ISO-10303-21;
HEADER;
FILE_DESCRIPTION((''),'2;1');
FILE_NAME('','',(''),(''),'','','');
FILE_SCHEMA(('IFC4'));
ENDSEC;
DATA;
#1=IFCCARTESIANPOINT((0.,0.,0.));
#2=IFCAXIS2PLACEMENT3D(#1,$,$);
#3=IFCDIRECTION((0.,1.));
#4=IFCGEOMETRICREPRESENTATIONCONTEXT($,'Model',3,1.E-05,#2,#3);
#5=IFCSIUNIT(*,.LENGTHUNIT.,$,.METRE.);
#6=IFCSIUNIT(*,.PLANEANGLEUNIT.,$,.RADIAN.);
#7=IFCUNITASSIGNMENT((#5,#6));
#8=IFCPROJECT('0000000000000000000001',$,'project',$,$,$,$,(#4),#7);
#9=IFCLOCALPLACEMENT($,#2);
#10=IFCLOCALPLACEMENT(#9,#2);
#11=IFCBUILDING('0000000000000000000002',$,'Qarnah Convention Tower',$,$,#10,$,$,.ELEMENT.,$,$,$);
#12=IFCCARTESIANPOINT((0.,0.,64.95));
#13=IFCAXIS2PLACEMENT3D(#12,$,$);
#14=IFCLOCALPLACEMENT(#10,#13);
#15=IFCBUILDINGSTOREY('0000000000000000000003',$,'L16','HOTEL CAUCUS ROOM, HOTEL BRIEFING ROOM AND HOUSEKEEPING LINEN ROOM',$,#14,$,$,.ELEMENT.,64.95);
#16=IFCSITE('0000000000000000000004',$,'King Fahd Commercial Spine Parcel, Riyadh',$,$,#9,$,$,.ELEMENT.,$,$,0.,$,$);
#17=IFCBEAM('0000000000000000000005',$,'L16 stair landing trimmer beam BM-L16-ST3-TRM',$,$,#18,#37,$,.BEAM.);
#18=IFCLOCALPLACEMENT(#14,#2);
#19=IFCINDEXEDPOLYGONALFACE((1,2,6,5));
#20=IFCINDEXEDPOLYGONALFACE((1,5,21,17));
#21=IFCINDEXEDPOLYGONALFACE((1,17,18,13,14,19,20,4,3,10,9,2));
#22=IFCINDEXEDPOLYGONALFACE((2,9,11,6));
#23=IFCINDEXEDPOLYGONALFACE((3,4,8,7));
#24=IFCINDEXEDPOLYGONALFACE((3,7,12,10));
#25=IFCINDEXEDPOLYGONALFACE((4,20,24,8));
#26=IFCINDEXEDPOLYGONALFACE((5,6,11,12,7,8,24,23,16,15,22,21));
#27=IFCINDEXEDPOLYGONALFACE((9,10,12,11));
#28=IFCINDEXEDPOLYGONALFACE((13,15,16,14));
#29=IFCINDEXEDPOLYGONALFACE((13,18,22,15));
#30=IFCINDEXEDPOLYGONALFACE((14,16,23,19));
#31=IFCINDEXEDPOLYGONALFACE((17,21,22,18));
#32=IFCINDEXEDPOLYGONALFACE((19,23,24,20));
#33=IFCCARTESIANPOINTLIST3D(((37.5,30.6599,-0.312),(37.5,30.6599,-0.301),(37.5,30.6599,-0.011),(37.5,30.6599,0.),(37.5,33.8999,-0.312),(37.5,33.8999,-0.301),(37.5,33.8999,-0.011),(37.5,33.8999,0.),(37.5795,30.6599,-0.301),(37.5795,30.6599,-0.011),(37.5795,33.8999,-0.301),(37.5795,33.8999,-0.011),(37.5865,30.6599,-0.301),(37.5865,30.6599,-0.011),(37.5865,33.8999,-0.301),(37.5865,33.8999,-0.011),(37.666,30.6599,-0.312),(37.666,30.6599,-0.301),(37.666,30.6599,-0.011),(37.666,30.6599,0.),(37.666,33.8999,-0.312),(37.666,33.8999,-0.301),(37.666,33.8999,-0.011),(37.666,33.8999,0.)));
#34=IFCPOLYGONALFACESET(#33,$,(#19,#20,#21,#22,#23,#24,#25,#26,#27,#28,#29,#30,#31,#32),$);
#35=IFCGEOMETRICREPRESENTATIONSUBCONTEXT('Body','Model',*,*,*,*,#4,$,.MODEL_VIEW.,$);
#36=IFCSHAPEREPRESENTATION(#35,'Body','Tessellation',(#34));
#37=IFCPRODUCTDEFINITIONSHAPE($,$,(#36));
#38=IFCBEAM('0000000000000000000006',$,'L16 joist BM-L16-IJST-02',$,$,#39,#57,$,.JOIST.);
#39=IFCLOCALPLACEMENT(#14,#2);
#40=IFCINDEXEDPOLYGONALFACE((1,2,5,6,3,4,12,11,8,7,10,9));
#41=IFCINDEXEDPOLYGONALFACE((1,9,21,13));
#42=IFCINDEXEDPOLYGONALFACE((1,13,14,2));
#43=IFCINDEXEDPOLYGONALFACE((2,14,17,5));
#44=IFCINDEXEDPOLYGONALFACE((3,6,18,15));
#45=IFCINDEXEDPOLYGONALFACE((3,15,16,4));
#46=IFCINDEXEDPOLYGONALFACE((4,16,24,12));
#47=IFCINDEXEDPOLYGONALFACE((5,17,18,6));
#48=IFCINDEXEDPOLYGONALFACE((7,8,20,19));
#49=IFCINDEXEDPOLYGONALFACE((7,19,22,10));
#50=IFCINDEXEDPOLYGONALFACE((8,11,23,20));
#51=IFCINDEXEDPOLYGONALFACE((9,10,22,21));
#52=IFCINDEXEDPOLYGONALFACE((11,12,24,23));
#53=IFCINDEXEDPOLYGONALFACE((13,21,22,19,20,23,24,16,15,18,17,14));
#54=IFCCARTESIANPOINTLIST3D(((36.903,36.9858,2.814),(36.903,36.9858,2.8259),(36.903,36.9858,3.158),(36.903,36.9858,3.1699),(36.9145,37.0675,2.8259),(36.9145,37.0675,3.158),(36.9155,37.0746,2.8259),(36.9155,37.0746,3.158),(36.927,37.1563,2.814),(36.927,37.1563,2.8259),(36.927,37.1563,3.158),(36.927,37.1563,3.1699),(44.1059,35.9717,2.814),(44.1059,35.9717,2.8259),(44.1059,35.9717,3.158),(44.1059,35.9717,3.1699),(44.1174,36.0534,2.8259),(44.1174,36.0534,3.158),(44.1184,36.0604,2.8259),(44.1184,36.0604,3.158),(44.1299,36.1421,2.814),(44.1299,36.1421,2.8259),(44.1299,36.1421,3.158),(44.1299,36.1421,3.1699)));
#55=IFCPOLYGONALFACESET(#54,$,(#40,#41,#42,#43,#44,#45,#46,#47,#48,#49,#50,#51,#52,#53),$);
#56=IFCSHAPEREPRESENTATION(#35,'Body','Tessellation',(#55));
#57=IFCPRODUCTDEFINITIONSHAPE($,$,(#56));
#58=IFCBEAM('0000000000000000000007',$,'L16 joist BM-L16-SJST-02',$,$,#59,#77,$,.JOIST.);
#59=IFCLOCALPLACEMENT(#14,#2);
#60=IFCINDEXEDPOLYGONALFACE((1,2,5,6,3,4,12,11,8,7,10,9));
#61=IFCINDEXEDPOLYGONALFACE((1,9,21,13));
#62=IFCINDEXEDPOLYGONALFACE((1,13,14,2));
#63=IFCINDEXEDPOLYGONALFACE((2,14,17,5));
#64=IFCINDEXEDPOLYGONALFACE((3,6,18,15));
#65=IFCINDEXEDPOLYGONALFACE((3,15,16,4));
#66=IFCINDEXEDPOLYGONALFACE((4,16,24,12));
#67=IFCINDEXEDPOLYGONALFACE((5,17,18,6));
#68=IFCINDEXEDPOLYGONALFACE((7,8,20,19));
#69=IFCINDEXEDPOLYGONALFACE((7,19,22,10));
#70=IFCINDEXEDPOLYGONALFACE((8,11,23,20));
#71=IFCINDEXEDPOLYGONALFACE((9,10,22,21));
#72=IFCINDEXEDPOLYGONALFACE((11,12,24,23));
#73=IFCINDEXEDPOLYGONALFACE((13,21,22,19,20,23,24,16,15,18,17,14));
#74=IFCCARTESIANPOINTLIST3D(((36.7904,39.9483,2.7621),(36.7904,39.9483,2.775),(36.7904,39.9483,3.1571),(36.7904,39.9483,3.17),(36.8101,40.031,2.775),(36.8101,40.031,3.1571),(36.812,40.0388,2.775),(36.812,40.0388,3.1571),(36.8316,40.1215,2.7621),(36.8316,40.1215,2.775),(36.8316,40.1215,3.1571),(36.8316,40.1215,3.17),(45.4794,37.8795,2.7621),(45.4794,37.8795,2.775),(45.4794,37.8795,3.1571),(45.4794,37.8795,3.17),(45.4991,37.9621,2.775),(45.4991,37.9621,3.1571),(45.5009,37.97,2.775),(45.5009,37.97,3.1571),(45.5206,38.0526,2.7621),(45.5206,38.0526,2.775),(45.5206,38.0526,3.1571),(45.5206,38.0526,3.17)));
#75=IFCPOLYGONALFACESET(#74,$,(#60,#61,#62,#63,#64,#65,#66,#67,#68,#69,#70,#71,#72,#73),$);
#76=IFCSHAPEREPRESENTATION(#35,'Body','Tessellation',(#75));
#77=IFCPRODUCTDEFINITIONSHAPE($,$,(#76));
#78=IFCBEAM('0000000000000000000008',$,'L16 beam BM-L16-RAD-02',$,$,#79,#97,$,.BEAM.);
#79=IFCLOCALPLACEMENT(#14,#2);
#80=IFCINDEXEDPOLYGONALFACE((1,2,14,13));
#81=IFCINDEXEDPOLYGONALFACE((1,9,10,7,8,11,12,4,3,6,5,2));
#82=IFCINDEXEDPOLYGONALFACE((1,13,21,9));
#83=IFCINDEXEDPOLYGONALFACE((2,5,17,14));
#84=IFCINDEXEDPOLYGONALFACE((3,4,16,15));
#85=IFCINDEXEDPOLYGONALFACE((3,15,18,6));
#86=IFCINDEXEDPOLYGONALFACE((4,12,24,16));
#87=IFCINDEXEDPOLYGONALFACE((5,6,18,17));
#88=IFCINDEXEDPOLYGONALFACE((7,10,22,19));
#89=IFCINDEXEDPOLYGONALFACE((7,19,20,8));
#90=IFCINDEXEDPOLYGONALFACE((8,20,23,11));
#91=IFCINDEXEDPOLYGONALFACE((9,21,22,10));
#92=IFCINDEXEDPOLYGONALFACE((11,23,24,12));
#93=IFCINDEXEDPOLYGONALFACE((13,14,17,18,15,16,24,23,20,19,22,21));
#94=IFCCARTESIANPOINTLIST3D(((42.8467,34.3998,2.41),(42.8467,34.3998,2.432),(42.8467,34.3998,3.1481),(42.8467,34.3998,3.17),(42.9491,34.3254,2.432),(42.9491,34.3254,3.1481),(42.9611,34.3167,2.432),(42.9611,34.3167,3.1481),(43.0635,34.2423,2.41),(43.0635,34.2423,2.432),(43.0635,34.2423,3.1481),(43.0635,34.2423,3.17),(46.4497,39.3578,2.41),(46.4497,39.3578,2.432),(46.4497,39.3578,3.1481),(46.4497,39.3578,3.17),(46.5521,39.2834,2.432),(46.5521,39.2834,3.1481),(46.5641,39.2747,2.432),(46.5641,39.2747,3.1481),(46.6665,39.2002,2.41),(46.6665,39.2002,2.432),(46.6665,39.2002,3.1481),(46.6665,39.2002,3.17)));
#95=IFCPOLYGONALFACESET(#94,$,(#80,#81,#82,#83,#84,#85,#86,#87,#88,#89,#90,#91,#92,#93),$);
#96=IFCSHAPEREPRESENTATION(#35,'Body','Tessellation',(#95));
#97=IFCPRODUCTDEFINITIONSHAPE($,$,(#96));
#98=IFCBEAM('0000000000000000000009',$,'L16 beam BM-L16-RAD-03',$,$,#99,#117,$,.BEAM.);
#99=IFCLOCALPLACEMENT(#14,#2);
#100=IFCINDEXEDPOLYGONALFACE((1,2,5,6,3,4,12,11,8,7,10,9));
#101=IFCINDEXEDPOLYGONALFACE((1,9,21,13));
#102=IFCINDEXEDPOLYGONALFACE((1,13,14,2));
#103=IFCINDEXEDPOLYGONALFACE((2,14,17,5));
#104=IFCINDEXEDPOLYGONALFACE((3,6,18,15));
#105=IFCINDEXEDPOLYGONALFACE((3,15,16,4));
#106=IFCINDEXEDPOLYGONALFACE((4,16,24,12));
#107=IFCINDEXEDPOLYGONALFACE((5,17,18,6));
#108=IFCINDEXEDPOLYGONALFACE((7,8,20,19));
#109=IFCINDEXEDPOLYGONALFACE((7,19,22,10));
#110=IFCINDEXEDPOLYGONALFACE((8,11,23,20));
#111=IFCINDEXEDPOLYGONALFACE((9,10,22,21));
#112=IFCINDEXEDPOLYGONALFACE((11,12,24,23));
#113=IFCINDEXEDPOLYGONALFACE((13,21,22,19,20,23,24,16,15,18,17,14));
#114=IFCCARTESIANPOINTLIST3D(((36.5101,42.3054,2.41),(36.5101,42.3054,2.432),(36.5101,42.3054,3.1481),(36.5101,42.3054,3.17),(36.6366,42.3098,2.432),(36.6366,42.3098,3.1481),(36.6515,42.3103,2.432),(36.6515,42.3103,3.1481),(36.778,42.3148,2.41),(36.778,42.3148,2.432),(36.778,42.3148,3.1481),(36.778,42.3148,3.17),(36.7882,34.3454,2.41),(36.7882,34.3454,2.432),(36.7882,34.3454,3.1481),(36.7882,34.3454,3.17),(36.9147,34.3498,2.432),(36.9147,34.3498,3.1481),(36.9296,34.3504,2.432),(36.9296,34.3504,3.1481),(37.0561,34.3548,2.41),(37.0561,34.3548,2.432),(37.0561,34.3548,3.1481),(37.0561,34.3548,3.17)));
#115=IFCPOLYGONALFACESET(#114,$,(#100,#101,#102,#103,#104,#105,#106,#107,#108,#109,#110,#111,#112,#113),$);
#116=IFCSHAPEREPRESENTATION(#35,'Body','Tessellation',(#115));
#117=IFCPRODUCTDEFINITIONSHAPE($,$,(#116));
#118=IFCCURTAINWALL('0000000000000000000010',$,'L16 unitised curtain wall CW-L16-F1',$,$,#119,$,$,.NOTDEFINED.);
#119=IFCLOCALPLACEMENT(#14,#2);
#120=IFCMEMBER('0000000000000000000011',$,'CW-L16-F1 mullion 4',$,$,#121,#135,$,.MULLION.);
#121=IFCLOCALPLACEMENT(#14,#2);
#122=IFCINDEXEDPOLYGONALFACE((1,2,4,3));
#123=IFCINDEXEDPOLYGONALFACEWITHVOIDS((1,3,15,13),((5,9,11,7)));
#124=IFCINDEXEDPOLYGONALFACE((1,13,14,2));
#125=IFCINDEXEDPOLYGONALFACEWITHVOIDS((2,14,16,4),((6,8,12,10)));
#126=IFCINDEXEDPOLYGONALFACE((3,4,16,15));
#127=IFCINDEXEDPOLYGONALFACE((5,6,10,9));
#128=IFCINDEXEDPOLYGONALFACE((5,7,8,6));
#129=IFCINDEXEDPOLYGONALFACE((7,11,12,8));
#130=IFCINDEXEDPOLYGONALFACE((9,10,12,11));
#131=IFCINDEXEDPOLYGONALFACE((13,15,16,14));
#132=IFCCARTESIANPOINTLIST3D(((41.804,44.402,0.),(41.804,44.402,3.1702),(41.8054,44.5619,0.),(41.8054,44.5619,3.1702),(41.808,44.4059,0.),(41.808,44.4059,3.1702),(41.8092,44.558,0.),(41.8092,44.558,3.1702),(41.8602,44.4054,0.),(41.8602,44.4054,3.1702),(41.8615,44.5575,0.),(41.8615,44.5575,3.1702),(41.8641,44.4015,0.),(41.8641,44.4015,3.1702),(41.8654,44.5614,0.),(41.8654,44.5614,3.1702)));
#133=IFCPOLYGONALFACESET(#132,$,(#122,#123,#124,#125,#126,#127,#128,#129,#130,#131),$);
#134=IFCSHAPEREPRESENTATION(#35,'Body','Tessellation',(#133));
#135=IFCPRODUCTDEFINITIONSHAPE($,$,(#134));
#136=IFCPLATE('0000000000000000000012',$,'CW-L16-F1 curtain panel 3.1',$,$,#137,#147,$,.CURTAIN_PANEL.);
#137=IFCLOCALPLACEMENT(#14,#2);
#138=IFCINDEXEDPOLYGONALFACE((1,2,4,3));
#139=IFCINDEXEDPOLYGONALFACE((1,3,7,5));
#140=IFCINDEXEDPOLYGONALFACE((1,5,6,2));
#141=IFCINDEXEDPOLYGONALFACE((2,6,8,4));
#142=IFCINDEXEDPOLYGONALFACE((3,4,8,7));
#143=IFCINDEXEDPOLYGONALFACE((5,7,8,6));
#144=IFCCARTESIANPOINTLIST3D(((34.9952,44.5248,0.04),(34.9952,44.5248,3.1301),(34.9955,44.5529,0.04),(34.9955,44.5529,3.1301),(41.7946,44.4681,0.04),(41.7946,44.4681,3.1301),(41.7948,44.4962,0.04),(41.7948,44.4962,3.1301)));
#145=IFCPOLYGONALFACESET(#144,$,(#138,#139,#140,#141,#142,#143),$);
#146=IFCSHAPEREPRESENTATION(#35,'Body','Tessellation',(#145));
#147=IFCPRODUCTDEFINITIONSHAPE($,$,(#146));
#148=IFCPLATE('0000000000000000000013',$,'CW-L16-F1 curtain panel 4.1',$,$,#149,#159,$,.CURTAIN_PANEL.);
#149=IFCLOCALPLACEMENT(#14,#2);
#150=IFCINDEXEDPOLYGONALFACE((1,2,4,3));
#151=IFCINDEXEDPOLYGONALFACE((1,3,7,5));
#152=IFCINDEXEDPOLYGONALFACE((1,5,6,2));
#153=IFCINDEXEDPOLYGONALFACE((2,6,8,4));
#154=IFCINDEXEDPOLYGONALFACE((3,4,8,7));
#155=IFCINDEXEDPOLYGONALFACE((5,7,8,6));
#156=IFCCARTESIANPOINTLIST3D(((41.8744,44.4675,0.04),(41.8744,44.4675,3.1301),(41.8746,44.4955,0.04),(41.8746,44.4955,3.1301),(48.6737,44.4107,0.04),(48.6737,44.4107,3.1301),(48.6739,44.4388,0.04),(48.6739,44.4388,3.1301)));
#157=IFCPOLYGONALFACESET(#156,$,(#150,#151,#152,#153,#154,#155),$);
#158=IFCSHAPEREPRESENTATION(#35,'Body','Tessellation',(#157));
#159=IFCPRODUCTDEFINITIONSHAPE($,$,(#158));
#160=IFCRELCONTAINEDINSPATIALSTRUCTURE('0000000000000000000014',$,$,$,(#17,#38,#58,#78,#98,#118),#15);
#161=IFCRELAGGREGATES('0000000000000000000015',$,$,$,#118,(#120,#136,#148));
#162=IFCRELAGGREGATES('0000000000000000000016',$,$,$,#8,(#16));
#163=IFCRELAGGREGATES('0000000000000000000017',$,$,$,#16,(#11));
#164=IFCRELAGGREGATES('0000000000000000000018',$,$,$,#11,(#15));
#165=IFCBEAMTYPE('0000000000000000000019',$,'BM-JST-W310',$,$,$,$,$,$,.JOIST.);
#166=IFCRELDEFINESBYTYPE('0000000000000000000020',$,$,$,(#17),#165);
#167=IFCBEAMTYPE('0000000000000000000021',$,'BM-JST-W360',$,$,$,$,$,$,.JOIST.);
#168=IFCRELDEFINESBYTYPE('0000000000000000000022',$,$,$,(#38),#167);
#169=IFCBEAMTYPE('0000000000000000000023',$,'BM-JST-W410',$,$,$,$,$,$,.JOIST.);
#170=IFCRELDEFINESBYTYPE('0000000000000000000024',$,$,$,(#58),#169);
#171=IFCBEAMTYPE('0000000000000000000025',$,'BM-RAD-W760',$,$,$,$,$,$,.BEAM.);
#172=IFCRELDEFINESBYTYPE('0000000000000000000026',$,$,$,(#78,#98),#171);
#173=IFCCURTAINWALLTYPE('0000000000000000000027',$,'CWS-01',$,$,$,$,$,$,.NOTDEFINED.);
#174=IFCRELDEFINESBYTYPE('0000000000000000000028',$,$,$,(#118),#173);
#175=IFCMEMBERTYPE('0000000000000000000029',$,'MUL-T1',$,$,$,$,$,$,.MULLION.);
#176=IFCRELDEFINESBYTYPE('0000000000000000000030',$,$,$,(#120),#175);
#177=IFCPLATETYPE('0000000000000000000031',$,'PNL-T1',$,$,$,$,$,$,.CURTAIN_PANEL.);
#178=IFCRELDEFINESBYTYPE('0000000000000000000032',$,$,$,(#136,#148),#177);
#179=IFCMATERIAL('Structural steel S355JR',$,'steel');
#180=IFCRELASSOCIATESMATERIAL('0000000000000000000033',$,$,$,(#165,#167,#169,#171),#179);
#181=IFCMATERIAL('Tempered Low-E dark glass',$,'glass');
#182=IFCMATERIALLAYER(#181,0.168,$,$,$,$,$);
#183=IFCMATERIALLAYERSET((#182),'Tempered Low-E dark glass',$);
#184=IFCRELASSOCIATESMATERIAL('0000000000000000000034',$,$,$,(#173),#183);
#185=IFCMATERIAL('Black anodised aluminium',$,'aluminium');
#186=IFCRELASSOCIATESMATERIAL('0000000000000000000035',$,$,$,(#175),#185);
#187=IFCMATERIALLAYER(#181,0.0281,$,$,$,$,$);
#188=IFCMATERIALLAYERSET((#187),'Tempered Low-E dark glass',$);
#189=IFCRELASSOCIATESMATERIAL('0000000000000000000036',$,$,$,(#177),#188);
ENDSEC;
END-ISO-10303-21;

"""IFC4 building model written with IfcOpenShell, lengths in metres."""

from ifc_helpers import new_model, si_unit, direction, frame, origin, origin_2d, place, context, subcontext, project, spatial, rectangle, hollow_rectangle, i_section, extrude, material, layer, layer_set, material_profile, profile_set, type_object, element, aggregate, save


model = new_model("IFC4")

# Units and contexts
model_context = context("Model", 3, precision=1e-05, world=origin(), true_north=direction((0.0, 1.0)))
body_context = subcontext(model_context, "Body", "Model", "MODEL_VIEW")
ifc_project = project(units=[si_unit("LENGTHUNIT", "METRE"), si_unit("PLANEANGLEUNIT", "RADIAN")], contexts=[model_context])

# Site, building, storey
site_placement = place(None, origin())
site = spatial("IfcSite", under=ifc_project, at=site_placement, Name="King Fahd Commercial Spine Parcel, Riyadh", CompositionType="ELEMENT", RefElevation=0.0)
building_placement = place(site_placement, origin())
building = spatial("IfcBuilding", under=site, at=building_placement, Name="Qarnah Convention Tower", CompositionType="ELEMENT")
storey_placement = place(building_placement, frame((0.0, 0.0, 64.95)))
storey = spatial("IfcBuildingStorey", under=building, at=storey_placement, Name="L16", Description="HOTEL CAUCUS ROOM, HOTEL BRIEFING ROOM AND HOUSEKEEPING LINEN ROOM", CompositionType="ELEMENT", Elevation=64.95)

# Beams
ifc_material_1 = material(Name="Structural steel S355JR", Category="steel")
ifc_material_profile_1 = material_profile(ifc_material_1, i_section(OverallWidth=0.166, OverallDepth=0.312, WebThickness=0.0071, FlangeThickness=0.011, at=origin_2d()), Name="W310X45")
ifc_profile_set_1 = profile_set([ifc_material_profile_1], Name="Structural steel S355JR")
beam_type_1 = type_object("IfcBeamType", Name="BM-JST-W310", PredefinedType="JOIST", material=ifc_profile_set_1)
beam_1_placement = place(storey_placement, frame((37.583, 30.6599, -0.156), z_axis=(0.0, 1.0, 0.0), x_axis=(-1.0, 0.0, 0.0)))
element("IfcBeam", 1, at=beam_1_placement, inside=storey, type_object=beam_type_1, Name="L16 stair landing trimmer beam BM-L16-ST3-TRM", PredefinedType="BEAM", context=body_context, shape_type="SweptSolid", body=[
    extrude(i_section(OverallWidth=0.166, OverallDepth=0.312, WebThickness=0.0071, FlangeThickness=0.011, at=origin_2d()), origin(), (0.0, 0.0, 1.0), 3.24),
])
ifc_material_profile_2 = material_profile(ifc_material_1, i_section(OverallWidth=0.1721, OverallDepth=0.356, WebThickness=0.0071, FlangeThickness=0.012, at=origin_2d()), Name="W360X51")
ifc_profile_set_2 = profile_set([ifc_material_profile_2], Name="Structural steel S355JR")
beam_type_2 = type_object("IfcBeamType", Name="BM-JST-W360", PredefinedType="JOIST", material=ifc_profile_set_2)
beam_2_placement = place(storey_placement, frame((44.1179, 36.0569, 2.9919), z_axis=(-0.990233, 0.139424, 0.0), x_axis=(-0.139424, -0.990233, 0.0)))
element("IfcBeam", 2, at=beam_2_placement, inside=storey, type_object=beam_type_2, Name="L16 joist BM-L16-IJST-02", PredefinedType="JOIST", context=body_context, shape_type="SweptSolid", body=[
    extrude(i_section(OverallWidth=0.1721, OverallDepth=0.356, WebThickness=0.0071, FlangeThickness=0.012, at=origin_2d()), origin(), (0.0, 0.0, 1.0), 7.2739),
])
ifc_material_profile_3 = material_profile(ifc_material_1, i_section(OverallWidth=0.178, OverallDepth=0.408, WebThickness=0.0081, FlangeThickness=0.0129, at=origin_2d()), Name="W410X60")
ifc_profile_set_3 = profile_set([ifc_material_profile_3], Name="Structural steel S355JR")
beam_type_3 = type_object("IfcBeamType", Name="BM-JST-W410", PredefinedType="JOIST", material=ifc_profile_set_3)
beam_3_placement = place(storey_placement, frame((45.5, 37.9661, 2.9661), z_axis=(-0.972805, 0.231625, 0.0), x_axis=(-0.231625, -0.972805, 0.0)))
element("IfcBeam", 3, at=beam_3_placement, inside=storey, type_object=beam_type_3, Name="L16 joist BM-L16-SJST-02", PredefinedType="JOIST", context=body_context, shape_type="SweptSolid", body=[
    extrude(i_section(OverallWidth=0.178, OverallDepth=0.408, WebThickness=0.0081, FlangeThickness=0.0129, at=origin_2d()), origin(), (0.0, 0.0, 1.0), 8.9319),
])
ifc_material_profile_4 = material_profile(ifc_material_1, i_section(OverallWidth=0.2681, OverallDepth=0.76, WebThickness=0.0149, FlangeThickness=0.022, at=origin_2d()), Name="W760X185")
ifc_profile_set_4 = profile_set([ifc_material_profile_4], Name="Structural steel S355JR")
beam_type_4 = type_object("IfcBeamType", Name="BM-RAD-W760", PredefinedType="BEAM", material=ifc_profile_set_4)
beam_4_placement = place(storey_placement, frame((42.9551, 34.321, 2.79), z_axis=(0.587873, 0.808953, 0.0), x_axis=(-0.808953, 0.587873, 0.0)))
element("IfcBeam", 4, at=beam_4_placement, inside=storey, type_object=beam_type_4, Name="L16 beam BM-L16-RAD-02", PredefinedType="BEAM", context=body_context, shape_type="SweptSolid", body=[
    extrude(i_section(OverallWidth=0.2681, OverallDepth=0.76, WebThickness=0.0149, FlangeThickness=0.022, at=origin_2d()), origin(), (0.0, 0.0, 1.0), 6.1289),
])
beam_5_placement = place(storey_placement, frame((36.9221, 34.3501, 2.79), z_axis=(-0.034913, 0.99939, 0.0), x_axis=(-0.99939, -0.034913, 0.0)))
element("IfcBeam", 5, at=beam_5_placement, inside=storey, type_object=beam_type_4, Name="L16 beam BM-L16-RAD-03", PredefinedType="BEAM", context=body_context, shape_type="SweptSolid", body=[
    extrude(i_section(OverallWidth=0.2681, OverallDepth=0.76, WebThickness=0.0149, FlangeThickness=0.022, at=origin_2d()), origin(), (0.0, 0.0, 1.0), 7.9648),
])

# Curtain wall, member, plates
ifc_material_2 = material(Name="Tempered Low-E dark glass", Category="glass")
ifc_layer_1 = layer(ifc_material_2, 0.168)
ifc_layer_set_1 = layer_set([ifc_layer_1], Name="Tempered Low-E dark glass")
curtain_wall_type = type_object("IfcCurtainWallType", Name="CWS-01", PredefinedType="NOTDEFINED", material=ifc_layer_set_1)
curtain_wall_placement = place(storey_placement, origin())
curtain_wall = element("IfcCurtainWall", 6, at=curtain_wall_placement, inside=storey, type_object=curtain_wall_type, Name="L16 unitised curtain wall CW-L16-F1", PredefinedType="NOTDEFINED")
ifc_material_3 = material(Name="Black anodised aluminium", Category="aluminium")
ifc_material_profile_5 = material_profile(ifc_material_3, hollow_rectangle(XDim=0.0601, YDim=0.1599, WallThickness=0.0039, at=origin_2d()), Name="MUL-60X160")
ifc_profile_set_5 = profile_set([ifc_material_profile_5], Name="Black anodised aluminium")
member_type = type_object("IfcMemberType", Name="MUL-T1", PredefinedType="MULLION", material=ifc_profile_set_5)
member_placement = place(storey_placement, frame((41.8347, 44.4817, 0.0), z_axis=(0.0, 0.0, 1.0), x_axis=(0.999965, -0.008344, 0.0)))
member = element("IfcMember", 7, at=member_placement, type_object=member_type, Name="CW-L16-F1 mullion 4", PredefinedType="MULLION", context=body_context, shape_type="SweptSolid", body=[
    extrude(hollow_rectangle(XDim=0.0601, YDim=0.1599, WallThickness=0.0039, at=origin_2d()), origin(), (0.0, 0.0, 1.0), 3.1702),
])
ifc_layer_2 = layer(ifc_material_2, 0.0281)
ifc_layer_set_2 = layer_set([ifc_layer_2], Name="Tempered Low-E dark glass")
plate_type = type_object("IfcPlateType", Name="PNL-T1", PredefinedType="CURTAIN_PANEL", material=ifc_layer_set_2)
plate_1_placement = place(storey_placement, frame((38.395, 44.5105, 0.04), z_axis=(0.0, 0.0, 1.0), x_axis=(0.999965, -0.008344, 0.0)))
plate_1 = element("IfcPlate", 8, at=plate_1_placement, type_object=plate_type, Name="CW-L16-F1 curtain panel 3.1", PredefinedType="CURTAIN_PANEL", context=body_context, shape_type="SweptSolid", body=[
    extrude(rectangle(XDim=6.7996, YDim=0.0281, at=origin_2d()), origin(), (0.0, 0.0, 1.0), 3.0901),
])
plate_2_placement = place(storey_placement, frame((45.2742, 44.4531, 0.04), z_axis=(0.0, 0.0, 1.0), x_axis=(0.999965, -0.008344, 0.0)))
plate_2 = element("IfcPlate", 9, at=plate_2_placement, type_object=plate_type, Name="CW-L16-F1 curtain panel 4.1", PredefinedType="CURTAIN_PANEL", context=body_context, shape_type="SweptSolid", body=[
    extrude(rectangle(XDim=6.7996, YDim=0.0281, at=origin_2d()), origin(), (0.0, 0.0, 1.0), 3.0901),
])
aggregate(curtain_wall, [member, plate_1, plate_2])

save(model, "model.ifc")
